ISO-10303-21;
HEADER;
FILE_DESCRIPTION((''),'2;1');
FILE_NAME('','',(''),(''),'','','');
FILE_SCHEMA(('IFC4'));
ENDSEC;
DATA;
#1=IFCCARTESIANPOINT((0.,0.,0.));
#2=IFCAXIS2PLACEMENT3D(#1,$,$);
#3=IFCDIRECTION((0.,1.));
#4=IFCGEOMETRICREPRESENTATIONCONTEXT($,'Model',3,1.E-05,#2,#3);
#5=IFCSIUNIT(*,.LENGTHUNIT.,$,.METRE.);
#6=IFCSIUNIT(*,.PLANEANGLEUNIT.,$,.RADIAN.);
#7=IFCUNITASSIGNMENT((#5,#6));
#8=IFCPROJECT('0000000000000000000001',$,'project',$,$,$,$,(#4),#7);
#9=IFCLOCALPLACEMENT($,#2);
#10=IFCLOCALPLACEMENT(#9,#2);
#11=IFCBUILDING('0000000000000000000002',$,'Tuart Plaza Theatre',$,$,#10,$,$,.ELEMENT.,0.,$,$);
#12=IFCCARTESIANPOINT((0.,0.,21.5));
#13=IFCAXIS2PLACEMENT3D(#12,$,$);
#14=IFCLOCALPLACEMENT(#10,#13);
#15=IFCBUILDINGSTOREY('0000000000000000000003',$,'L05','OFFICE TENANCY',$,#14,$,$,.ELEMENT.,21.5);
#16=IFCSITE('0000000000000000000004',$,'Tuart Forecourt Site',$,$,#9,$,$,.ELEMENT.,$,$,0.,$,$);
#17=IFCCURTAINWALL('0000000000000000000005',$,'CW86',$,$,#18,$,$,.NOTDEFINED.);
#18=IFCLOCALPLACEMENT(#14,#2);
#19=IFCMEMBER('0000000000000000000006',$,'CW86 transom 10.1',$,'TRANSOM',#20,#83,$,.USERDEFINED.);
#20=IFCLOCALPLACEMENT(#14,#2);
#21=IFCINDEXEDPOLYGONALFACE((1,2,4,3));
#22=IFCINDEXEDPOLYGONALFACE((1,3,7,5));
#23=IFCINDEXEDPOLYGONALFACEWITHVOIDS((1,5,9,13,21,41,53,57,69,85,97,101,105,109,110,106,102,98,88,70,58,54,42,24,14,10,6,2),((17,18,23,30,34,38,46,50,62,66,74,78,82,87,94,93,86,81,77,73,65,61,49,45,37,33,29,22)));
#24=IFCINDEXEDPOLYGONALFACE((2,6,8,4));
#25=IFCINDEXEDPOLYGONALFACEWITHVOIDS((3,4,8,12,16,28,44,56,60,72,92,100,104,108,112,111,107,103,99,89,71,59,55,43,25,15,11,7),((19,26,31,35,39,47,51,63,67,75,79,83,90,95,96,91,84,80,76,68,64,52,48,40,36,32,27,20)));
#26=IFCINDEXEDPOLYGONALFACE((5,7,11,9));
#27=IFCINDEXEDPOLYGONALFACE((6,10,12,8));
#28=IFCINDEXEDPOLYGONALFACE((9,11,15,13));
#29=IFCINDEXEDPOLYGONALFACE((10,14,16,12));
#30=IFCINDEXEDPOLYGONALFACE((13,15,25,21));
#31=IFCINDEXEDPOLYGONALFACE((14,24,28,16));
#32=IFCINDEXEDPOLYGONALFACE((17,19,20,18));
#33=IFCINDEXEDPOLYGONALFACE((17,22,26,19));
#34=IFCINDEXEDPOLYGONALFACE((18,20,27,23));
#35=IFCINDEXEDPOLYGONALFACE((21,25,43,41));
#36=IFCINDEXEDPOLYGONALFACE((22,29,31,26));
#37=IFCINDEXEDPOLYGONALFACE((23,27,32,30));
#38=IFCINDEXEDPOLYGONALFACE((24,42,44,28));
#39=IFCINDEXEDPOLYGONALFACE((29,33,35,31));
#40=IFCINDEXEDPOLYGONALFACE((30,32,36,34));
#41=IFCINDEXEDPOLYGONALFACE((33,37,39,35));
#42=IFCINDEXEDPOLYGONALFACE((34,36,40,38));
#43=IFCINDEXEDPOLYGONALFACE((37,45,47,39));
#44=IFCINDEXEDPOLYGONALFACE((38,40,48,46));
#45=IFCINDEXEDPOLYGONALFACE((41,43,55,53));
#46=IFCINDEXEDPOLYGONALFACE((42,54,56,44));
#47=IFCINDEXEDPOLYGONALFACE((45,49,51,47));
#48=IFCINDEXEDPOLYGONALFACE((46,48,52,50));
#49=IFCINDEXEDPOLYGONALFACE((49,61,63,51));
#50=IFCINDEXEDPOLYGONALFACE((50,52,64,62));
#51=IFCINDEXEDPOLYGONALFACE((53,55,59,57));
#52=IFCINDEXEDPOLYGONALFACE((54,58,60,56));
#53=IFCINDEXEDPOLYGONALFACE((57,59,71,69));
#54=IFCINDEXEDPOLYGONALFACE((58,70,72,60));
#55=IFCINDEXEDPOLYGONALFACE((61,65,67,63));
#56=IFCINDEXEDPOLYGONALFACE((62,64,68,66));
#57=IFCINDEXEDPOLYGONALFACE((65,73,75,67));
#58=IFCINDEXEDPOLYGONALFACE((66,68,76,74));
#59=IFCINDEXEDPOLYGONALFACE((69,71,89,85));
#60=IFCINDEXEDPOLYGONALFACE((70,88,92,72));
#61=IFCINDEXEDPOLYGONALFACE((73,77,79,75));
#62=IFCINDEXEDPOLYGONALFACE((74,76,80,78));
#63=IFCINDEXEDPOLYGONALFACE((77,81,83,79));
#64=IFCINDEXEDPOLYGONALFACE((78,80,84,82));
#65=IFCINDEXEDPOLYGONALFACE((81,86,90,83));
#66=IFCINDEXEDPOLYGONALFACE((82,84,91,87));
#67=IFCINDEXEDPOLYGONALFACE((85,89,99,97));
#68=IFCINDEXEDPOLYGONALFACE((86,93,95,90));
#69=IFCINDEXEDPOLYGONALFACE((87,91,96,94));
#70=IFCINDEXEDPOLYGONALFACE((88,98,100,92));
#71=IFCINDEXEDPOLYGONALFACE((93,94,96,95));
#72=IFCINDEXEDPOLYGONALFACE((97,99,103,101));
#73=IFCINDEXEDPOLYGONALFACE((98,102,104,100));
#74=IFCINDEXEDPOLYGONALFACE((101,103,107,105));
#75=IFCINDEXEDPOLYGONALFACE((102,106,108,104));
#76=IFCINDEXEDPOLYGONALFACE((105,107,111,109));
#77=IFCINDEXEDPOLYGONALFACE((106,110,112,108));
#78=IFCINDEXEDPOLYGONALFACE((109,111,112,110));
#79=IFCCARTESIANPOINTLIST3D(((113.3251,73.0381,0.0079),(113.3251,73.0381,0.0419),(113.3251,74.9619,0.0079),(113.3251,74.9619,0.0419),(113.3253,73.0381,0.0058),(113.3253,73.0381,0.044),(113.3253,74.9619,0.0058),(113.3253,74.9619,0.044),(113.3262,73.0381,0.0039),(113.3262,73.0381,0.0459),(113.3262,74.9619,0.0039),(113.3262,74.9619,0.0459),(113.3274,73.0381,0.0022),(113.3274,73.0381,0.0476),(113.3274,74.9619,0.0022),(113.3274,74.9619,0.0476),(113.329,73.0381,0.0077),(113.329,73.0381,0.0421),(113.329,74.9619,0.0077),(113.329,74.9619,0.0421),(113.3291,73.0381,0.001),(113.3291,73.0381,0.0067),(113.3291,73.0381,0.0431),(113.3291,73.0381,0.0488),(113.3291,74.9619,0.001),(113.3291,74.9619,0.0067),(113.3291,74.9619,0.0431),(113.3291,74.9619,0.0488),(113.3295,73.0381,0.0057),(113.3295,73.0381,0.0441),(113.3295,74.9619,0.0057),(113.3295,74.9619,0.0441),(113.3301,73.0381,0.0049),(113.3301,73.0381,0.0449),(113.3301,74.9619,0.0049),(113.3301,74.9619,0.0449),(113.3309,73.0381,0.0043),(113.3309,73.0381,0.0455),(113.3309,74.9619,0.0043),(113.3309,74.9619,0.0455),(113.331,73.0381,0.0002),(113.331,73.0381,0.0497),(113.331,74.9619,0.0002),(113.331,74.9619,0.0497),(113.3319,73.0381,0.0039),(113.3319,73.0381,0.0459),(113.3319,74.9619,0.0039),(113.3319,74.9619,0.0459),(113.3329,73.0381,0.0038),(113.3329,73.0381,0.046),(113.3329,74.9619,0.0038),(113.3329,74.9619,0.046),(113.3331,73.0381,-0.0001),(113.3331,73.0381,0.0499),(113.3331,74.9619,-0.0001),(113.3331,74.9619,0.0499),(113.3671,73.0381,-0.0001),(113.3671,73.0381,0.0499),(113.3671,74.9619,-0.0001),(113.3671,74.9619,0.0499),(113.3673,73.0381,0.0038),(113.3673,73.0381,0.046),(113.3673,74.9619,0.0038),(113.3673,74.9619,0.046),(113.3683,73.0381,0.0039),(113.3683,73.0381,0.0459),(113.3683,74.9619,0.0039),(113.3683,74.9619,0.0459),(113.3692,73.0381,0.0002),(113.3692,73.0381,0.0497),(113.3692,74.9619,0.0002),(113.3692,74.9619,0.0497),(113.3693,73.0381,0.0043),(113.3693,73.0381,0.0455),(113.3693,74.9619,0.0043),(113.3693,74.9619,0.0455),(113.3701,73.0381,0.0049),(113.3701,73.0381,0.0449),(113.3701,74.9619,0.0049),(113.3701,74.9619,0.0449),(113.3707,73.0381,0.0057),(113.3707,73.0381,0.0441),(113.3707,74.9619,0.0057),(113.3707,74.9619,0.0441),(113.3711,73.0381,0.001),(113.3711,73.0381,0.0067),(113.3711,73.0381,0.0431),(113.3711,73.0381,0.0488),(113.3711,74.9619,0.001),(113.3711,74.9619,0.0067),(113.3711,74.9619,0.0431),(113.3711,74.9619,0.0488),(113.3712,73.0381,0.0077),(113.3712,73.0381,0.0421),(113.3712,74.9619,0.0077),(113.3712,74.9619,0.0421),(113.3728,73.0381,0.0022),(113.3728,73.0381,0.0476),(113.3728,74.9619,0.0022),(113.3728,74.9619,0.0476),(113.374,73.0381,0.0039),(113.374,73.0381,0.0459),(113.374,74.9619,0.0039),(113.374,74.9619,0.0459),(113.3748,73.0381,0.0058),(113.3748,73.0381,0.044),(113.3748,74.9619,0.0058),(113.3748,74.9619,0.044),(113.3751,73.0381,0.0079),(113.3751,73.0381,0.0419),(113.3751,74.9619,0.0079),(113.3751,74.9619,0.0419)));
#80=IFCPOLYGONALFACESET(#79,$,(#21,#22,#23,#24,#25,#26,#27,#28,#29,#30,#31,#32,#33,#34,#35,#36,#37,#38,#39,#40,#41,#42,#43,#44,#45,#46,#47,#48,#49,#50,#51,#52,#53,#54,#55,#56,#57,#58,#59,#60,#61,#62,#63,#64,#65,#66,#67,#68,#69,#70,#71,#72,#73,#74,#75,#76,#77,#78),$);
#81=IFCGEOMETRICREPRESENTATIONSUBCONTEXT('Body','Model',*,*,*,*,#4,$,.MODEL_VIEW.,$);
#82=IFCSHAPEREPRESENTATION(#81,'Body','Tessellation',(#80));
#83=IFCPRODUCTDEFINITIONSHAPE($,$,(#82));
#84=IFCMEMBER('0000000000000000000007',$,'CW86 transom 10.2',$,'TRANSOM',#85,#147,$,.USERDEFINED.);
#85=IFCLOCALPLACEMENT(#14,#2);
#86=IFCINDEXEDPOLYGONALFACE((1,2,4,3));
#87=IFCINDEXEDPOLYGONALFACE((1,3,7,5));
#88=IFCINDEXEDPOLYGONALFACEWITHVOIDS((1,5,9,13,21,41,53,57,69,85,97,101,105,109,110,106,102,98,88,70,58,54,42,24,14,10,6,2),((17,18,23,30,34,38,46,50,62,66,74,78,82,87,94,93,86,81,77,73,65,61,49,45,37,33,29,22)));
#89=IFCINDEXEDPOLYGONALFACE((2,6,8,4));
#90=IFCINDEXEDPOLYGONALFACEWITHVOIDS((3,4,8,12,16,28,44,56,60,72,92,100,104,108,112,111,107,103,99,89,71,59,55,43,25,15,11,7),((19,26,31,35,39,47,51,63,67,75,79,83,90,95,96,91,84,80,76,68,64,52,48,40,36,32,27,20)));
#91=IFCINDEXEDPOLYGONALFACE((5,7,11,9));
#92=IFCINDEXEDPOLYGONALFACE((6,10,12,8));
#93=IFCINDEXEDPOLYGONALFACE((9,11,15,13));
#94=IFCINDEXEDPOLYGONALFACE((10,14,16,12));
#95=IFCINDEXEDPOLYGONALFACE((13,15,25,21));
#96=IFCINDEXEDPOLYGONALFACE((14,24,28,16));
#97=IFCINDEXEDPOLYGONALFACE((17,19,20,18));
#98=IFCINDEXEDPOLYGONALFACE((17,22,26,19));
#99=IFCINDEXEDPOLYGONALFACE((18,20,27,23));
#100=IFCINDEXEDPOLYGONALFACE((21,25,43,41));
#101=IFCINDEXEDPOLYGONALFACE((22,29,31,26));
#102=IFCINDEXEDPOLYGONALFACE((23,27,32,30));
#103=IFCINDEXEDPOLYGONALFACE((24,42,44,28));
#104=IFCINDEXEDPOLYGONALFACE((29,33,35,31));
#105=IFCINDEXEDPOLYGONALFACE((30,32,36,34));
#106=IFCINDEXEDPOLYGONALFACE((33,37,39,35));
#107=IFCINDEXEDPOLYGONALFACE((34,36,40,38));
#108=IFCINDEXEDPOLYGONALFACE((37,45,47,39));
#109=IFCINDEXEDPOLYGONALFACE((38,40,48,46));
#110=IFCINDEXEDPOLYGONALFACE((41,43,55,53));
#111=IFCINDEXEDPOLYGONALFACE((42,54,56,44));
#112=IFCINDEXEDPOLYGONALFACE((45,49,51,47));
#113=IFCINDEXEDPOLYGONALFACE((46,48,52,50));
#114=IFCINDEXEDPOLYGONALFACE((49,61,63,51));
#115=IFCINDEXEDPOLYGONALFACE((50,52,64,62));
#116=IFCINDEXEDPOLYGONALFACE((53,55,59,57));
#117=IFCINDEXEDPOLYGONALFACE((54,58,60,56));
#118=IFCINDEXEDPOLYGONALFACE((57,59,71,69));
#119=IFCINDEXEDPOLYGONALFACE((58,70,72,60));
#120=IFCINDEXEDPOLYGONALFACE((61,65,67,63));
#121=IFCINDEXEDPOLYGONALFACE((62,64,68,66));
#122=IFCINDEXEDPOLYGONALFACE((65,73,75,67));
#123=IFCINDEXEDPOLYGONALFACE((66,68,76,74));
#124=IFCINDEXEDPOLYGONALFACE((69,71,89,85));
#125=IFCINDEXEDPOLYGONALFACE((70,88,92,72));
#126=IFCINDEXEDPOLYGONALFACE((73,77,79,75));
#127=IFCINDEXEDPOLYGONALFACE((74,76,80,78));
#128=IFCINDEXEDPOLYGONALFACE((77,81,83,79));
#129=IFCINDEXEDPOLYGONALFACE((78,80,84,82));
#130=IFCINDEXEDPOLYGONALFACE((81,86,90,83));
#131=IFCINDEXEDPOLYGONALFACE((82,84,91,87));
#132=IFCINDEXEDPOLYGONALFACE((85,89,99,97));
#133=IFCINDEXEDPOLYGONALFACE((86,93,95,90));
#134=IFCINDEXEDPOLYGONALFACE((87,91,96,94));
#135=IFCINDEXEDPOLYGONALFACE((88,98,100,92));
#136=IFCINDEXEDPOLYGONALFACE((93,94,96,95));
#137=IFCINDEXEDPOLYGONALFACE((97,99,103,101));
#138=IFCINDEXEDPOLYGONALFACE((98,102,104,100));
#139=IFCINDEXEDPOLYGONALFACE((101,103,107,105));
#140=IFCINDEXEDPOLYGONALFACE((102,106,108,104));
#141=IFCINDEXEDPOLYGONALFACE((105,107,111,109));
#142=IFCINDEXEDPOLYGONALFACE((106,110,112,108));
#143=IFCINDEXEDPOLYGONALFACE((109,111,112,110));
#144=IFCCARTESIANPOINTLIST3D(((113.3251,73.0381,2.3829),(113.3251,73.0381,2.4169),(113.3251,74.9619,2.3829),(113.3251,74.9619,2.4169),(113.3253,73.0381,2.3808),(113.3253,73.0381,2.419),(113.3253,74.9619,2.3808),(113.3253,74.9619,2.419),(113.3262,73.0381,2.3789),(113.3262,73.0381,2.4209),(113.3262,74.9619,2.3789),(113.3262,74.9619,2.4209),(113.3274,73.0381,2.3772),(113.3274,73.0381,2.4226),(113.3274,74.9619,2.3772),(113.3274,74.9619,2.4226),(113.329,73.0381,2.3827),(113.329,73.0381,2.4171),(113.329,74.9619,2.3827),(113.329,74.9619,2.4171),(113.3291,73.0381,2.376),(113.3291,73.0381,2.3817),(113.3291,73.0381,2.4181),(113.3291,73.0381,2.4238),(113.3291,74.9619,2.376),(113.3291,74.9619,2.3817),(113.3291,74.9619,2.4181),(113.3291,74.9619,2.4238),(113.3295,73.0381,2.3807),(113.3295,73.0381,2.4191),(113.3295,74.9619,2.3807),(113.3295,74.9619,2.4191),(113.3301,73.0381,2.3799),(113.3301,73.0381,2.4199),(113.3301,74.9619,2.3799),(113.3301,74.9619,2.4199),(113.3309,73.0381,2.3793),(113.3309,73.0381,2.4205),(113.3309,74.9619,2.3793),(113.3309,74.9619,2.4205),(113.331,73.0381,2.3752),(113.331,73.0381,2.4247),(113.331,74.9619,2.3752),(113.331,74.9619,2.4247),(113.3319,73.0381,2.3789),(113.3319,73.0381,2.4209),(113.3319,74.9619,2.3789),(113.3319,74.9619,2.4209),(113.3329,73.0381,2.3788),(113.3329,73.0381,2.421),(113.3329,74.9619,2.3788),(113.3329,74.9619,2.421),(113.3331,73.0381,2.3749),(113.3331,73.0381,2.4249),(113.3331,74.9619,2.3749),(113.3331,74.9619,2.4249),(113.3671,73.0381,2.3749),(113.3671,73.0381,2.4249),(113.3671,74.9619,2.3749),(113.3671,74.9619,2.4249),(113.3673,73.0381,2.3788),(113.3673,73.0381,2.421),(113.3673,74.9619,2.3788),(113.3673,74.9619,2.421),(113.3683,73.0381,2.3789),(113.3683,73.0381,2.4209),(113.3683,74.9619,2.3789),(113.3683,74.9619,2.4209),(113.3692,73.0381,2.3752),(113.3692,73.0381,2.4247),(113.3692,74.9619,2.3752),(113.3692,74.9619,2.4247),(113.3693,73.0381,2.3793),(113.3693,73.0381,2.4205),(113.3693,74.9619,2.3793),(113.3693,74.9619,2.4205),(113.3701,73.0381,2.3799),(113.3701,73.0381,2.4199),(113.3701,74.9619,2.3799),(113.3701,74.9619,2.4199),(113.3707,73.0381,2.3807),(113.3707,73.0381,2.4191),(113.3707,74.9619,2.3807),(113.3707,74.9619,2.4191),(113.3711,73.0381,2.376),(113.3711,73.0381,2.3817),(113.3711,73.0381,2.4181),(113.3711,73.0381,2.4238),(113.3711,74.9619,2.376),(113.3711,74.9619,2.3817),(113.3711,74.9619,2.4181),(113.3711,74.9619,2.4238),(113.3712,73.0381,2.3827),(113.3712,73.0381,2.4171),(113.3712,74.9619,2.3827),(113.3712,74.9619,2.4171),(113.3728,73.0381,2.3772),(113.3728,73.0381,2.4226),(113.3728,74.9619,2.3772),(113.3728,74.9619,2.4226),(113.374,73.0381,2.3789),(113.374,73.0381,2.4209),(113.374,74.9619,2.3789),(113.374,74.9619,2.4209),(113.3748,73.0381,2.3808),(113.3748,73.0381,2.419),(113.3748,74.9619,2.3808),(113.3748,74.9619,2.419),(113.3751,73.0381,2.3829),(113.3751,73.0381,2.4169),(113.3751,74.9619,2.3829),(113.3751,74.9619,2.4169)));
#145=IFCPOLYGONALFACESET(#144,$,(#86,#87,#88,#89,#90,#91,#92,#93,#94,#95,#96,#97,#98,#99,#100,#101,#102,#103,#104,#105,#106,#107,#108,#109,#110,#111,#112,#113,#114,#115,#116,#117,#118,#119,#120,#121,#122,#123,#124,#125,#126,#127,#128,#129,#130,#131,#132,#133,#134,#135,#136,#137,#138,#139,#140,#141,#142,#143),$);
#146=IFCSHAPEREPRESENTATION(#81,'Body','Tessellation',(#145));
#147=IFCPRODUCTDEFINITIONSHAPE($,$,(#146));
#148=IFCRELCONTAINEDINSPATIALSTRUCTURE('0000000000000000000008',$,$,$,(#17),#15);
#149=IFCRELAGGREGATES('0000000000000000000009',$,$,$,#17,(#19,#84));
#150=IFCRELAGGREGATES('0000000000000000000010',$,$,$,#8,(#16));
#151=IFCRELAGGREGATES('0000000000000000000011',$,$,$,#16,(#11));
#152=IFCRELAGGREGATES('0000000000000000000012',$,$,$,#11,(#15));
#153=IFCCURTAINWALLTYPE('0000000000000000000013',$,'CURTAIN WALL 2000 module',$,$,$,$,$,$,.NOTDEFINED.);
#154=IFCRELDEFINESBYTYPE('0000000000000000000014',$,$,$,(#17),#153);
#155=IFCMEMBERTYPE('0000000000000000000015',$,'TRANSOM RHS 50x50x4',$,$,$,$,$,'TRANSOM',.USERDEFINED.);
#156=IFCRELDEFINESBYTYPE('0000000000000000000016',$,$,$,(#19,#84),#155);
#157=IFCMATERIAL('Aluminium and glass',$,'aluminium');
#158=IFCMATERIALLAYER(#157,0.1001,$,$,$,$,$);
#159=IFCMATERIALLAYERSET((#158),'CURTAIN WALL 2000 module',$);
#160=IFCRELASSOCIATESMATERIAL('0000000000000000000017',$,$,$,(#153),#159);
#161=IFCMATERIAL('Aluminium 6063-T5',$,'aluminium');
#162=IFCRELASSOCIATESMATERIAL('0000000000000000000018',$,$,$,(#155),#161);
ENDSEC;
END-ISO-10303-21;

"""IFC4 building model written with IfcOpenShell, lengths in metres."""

from ifc_helpers import new_model, si_unit, direction, frame, origin, origin_2d, place, context, subcontext, project, spatial, hollow_rectangle, extrude, material, layer, layer_set, material_profile, profile_set, type_object, element, aggregate, save


model = new_model("IFC4")

# Units and contexts
model_context = context("Model", 3, precision=1e-05, world=origin(), true_north=direction((0.0, 1.0)))
body_context = subcontext(model_context, "Body", "Model", "MODEL_VIEW")
ifc_project = project(units=[si_unit("LENGTHUNIT", "METRE"), si_unit("PLANEANGLEUNIT", "RADIAN")], contexts=[model_context])

# Site, building, storey
site_placement = place(None, origin())
site = spatial("IfcSite", under=ifc_project, at=site_placement, Name="Tuart Forecourt Site", CompositionType="ELEMENT", RefElevation=0.0)
building_placement = place(site_placement, origin())
building = spatial("IfcBuilding", under=site, at=building_placement, Name="Tuart Plaza Theatre", CompositionType="ELEMENT", ElevationOfRefHeight=0.0)
storey_placement = place(building_placement, frame((0.0, 0.0, 21.5)))
storey = spatial("IfcBuildingStorey", under=building, at=storey_placement, Name="L05", Description="OFFICE TENANCY", CompositionType="ELEMENT", Elevation=21.5)

# Curtain wall, members
ifc_material_1 = material(Name="Aluminium and glass", Category="aluminium")
ifc_layer_1 = layer(ifc_material_1, 0.1001)
ifc_layer_set_1 = layer_set([ifc_layer_1], Name="CURTAIN WALL 2000 module")
curtain_wall_type = type_object("IfcCurtainWallType", Name="CURTAIN WALL 2000 module", PredefinedType="NOTDEFINED", material=ifc_layer_set_1)
curtain_wall_placement = place(storey_placement, origin())
curtain_wall = element("IfcCurtainWall", 1, at=curtain_wall_placement, inside=storey, type_object=curtain_wall_type, Name="CW86", PredefinedType="NOTDEFINED")
ifc_material_2 = material(Name="Aluminium 6063-T5", Category="aluminium")
ifc_material_profile_1 = material_profile(ifc_material_2, hollow_rectangle(XDim=0.05, YDim=0.05, WallThickness=0.0039, InnerFilletRadius=0.0039, OuterFilletRadius=0.0081, at=origin_2d()), Name="RHS 50x50x4")
ifc_profile_set_1 = profile_set([ifc_material_profile_1], Name="Aluminium 6063-T5")
member_type_1 = type_object("IfcMemberType", Name="TRANSOM RHS 50x50x4", ElementType="TRANSOM", PredefinedType="USERDEFINED", material=ifc_profile_set_1)
member_1_placement = place(storey_placement, frame((113.3501, 74.9619, 0.0249), z_axis=(0.0, -1.0, 0.0), x_axis=(1.0, 0.0, 0.0)))
member_1 = element("IfcMember", 2, at=member_1_placement, type_object=member_type_1, Name="CW86 transom 10.1", ObjectType="TRANSOM", PredefinedType="USERDEFINED", context=body_context, shape_type="SweptSolid", body=[
    extrude(hollow_rectangle(XDim=0.05, YDim=0.05, WallThickness=0.0039, InnerFilletRadius=0.0039, OuterFilletRadius=0.0081, at=origin_2d()), origin(), (0.0, 0.0, 1.0), 1.9238),
])
member_2_placement = place(storey_placement, frame((113.3501, 74.9619, 2.3999), z_axis=(0.0, -1.0, 0.0), x_axis=(1.0, 0.0, 0.0)))
member_2 = element("IfcMember", 3, at=member_2_placement, type_object=member_type_1, Name="CW86 transom 10.2", ObjectType="TRANSOM", PredefinedType="USERDEFINED", context=body_context, shape_type="SweptSolid", body=[
    extrude(hollow_rectangle(XDim=0.05, YDim=0.05, WallThickness=0.0039, InnerFilletRadius=0.0039, OuterFilletRadius=0.0081, at=origin_2d()), origin(), (0.0, 0.0, 1.0), 1.9238),
])
aggregate(curtain_wall, [member_1, member_2])

save(model, "model.ifc")
